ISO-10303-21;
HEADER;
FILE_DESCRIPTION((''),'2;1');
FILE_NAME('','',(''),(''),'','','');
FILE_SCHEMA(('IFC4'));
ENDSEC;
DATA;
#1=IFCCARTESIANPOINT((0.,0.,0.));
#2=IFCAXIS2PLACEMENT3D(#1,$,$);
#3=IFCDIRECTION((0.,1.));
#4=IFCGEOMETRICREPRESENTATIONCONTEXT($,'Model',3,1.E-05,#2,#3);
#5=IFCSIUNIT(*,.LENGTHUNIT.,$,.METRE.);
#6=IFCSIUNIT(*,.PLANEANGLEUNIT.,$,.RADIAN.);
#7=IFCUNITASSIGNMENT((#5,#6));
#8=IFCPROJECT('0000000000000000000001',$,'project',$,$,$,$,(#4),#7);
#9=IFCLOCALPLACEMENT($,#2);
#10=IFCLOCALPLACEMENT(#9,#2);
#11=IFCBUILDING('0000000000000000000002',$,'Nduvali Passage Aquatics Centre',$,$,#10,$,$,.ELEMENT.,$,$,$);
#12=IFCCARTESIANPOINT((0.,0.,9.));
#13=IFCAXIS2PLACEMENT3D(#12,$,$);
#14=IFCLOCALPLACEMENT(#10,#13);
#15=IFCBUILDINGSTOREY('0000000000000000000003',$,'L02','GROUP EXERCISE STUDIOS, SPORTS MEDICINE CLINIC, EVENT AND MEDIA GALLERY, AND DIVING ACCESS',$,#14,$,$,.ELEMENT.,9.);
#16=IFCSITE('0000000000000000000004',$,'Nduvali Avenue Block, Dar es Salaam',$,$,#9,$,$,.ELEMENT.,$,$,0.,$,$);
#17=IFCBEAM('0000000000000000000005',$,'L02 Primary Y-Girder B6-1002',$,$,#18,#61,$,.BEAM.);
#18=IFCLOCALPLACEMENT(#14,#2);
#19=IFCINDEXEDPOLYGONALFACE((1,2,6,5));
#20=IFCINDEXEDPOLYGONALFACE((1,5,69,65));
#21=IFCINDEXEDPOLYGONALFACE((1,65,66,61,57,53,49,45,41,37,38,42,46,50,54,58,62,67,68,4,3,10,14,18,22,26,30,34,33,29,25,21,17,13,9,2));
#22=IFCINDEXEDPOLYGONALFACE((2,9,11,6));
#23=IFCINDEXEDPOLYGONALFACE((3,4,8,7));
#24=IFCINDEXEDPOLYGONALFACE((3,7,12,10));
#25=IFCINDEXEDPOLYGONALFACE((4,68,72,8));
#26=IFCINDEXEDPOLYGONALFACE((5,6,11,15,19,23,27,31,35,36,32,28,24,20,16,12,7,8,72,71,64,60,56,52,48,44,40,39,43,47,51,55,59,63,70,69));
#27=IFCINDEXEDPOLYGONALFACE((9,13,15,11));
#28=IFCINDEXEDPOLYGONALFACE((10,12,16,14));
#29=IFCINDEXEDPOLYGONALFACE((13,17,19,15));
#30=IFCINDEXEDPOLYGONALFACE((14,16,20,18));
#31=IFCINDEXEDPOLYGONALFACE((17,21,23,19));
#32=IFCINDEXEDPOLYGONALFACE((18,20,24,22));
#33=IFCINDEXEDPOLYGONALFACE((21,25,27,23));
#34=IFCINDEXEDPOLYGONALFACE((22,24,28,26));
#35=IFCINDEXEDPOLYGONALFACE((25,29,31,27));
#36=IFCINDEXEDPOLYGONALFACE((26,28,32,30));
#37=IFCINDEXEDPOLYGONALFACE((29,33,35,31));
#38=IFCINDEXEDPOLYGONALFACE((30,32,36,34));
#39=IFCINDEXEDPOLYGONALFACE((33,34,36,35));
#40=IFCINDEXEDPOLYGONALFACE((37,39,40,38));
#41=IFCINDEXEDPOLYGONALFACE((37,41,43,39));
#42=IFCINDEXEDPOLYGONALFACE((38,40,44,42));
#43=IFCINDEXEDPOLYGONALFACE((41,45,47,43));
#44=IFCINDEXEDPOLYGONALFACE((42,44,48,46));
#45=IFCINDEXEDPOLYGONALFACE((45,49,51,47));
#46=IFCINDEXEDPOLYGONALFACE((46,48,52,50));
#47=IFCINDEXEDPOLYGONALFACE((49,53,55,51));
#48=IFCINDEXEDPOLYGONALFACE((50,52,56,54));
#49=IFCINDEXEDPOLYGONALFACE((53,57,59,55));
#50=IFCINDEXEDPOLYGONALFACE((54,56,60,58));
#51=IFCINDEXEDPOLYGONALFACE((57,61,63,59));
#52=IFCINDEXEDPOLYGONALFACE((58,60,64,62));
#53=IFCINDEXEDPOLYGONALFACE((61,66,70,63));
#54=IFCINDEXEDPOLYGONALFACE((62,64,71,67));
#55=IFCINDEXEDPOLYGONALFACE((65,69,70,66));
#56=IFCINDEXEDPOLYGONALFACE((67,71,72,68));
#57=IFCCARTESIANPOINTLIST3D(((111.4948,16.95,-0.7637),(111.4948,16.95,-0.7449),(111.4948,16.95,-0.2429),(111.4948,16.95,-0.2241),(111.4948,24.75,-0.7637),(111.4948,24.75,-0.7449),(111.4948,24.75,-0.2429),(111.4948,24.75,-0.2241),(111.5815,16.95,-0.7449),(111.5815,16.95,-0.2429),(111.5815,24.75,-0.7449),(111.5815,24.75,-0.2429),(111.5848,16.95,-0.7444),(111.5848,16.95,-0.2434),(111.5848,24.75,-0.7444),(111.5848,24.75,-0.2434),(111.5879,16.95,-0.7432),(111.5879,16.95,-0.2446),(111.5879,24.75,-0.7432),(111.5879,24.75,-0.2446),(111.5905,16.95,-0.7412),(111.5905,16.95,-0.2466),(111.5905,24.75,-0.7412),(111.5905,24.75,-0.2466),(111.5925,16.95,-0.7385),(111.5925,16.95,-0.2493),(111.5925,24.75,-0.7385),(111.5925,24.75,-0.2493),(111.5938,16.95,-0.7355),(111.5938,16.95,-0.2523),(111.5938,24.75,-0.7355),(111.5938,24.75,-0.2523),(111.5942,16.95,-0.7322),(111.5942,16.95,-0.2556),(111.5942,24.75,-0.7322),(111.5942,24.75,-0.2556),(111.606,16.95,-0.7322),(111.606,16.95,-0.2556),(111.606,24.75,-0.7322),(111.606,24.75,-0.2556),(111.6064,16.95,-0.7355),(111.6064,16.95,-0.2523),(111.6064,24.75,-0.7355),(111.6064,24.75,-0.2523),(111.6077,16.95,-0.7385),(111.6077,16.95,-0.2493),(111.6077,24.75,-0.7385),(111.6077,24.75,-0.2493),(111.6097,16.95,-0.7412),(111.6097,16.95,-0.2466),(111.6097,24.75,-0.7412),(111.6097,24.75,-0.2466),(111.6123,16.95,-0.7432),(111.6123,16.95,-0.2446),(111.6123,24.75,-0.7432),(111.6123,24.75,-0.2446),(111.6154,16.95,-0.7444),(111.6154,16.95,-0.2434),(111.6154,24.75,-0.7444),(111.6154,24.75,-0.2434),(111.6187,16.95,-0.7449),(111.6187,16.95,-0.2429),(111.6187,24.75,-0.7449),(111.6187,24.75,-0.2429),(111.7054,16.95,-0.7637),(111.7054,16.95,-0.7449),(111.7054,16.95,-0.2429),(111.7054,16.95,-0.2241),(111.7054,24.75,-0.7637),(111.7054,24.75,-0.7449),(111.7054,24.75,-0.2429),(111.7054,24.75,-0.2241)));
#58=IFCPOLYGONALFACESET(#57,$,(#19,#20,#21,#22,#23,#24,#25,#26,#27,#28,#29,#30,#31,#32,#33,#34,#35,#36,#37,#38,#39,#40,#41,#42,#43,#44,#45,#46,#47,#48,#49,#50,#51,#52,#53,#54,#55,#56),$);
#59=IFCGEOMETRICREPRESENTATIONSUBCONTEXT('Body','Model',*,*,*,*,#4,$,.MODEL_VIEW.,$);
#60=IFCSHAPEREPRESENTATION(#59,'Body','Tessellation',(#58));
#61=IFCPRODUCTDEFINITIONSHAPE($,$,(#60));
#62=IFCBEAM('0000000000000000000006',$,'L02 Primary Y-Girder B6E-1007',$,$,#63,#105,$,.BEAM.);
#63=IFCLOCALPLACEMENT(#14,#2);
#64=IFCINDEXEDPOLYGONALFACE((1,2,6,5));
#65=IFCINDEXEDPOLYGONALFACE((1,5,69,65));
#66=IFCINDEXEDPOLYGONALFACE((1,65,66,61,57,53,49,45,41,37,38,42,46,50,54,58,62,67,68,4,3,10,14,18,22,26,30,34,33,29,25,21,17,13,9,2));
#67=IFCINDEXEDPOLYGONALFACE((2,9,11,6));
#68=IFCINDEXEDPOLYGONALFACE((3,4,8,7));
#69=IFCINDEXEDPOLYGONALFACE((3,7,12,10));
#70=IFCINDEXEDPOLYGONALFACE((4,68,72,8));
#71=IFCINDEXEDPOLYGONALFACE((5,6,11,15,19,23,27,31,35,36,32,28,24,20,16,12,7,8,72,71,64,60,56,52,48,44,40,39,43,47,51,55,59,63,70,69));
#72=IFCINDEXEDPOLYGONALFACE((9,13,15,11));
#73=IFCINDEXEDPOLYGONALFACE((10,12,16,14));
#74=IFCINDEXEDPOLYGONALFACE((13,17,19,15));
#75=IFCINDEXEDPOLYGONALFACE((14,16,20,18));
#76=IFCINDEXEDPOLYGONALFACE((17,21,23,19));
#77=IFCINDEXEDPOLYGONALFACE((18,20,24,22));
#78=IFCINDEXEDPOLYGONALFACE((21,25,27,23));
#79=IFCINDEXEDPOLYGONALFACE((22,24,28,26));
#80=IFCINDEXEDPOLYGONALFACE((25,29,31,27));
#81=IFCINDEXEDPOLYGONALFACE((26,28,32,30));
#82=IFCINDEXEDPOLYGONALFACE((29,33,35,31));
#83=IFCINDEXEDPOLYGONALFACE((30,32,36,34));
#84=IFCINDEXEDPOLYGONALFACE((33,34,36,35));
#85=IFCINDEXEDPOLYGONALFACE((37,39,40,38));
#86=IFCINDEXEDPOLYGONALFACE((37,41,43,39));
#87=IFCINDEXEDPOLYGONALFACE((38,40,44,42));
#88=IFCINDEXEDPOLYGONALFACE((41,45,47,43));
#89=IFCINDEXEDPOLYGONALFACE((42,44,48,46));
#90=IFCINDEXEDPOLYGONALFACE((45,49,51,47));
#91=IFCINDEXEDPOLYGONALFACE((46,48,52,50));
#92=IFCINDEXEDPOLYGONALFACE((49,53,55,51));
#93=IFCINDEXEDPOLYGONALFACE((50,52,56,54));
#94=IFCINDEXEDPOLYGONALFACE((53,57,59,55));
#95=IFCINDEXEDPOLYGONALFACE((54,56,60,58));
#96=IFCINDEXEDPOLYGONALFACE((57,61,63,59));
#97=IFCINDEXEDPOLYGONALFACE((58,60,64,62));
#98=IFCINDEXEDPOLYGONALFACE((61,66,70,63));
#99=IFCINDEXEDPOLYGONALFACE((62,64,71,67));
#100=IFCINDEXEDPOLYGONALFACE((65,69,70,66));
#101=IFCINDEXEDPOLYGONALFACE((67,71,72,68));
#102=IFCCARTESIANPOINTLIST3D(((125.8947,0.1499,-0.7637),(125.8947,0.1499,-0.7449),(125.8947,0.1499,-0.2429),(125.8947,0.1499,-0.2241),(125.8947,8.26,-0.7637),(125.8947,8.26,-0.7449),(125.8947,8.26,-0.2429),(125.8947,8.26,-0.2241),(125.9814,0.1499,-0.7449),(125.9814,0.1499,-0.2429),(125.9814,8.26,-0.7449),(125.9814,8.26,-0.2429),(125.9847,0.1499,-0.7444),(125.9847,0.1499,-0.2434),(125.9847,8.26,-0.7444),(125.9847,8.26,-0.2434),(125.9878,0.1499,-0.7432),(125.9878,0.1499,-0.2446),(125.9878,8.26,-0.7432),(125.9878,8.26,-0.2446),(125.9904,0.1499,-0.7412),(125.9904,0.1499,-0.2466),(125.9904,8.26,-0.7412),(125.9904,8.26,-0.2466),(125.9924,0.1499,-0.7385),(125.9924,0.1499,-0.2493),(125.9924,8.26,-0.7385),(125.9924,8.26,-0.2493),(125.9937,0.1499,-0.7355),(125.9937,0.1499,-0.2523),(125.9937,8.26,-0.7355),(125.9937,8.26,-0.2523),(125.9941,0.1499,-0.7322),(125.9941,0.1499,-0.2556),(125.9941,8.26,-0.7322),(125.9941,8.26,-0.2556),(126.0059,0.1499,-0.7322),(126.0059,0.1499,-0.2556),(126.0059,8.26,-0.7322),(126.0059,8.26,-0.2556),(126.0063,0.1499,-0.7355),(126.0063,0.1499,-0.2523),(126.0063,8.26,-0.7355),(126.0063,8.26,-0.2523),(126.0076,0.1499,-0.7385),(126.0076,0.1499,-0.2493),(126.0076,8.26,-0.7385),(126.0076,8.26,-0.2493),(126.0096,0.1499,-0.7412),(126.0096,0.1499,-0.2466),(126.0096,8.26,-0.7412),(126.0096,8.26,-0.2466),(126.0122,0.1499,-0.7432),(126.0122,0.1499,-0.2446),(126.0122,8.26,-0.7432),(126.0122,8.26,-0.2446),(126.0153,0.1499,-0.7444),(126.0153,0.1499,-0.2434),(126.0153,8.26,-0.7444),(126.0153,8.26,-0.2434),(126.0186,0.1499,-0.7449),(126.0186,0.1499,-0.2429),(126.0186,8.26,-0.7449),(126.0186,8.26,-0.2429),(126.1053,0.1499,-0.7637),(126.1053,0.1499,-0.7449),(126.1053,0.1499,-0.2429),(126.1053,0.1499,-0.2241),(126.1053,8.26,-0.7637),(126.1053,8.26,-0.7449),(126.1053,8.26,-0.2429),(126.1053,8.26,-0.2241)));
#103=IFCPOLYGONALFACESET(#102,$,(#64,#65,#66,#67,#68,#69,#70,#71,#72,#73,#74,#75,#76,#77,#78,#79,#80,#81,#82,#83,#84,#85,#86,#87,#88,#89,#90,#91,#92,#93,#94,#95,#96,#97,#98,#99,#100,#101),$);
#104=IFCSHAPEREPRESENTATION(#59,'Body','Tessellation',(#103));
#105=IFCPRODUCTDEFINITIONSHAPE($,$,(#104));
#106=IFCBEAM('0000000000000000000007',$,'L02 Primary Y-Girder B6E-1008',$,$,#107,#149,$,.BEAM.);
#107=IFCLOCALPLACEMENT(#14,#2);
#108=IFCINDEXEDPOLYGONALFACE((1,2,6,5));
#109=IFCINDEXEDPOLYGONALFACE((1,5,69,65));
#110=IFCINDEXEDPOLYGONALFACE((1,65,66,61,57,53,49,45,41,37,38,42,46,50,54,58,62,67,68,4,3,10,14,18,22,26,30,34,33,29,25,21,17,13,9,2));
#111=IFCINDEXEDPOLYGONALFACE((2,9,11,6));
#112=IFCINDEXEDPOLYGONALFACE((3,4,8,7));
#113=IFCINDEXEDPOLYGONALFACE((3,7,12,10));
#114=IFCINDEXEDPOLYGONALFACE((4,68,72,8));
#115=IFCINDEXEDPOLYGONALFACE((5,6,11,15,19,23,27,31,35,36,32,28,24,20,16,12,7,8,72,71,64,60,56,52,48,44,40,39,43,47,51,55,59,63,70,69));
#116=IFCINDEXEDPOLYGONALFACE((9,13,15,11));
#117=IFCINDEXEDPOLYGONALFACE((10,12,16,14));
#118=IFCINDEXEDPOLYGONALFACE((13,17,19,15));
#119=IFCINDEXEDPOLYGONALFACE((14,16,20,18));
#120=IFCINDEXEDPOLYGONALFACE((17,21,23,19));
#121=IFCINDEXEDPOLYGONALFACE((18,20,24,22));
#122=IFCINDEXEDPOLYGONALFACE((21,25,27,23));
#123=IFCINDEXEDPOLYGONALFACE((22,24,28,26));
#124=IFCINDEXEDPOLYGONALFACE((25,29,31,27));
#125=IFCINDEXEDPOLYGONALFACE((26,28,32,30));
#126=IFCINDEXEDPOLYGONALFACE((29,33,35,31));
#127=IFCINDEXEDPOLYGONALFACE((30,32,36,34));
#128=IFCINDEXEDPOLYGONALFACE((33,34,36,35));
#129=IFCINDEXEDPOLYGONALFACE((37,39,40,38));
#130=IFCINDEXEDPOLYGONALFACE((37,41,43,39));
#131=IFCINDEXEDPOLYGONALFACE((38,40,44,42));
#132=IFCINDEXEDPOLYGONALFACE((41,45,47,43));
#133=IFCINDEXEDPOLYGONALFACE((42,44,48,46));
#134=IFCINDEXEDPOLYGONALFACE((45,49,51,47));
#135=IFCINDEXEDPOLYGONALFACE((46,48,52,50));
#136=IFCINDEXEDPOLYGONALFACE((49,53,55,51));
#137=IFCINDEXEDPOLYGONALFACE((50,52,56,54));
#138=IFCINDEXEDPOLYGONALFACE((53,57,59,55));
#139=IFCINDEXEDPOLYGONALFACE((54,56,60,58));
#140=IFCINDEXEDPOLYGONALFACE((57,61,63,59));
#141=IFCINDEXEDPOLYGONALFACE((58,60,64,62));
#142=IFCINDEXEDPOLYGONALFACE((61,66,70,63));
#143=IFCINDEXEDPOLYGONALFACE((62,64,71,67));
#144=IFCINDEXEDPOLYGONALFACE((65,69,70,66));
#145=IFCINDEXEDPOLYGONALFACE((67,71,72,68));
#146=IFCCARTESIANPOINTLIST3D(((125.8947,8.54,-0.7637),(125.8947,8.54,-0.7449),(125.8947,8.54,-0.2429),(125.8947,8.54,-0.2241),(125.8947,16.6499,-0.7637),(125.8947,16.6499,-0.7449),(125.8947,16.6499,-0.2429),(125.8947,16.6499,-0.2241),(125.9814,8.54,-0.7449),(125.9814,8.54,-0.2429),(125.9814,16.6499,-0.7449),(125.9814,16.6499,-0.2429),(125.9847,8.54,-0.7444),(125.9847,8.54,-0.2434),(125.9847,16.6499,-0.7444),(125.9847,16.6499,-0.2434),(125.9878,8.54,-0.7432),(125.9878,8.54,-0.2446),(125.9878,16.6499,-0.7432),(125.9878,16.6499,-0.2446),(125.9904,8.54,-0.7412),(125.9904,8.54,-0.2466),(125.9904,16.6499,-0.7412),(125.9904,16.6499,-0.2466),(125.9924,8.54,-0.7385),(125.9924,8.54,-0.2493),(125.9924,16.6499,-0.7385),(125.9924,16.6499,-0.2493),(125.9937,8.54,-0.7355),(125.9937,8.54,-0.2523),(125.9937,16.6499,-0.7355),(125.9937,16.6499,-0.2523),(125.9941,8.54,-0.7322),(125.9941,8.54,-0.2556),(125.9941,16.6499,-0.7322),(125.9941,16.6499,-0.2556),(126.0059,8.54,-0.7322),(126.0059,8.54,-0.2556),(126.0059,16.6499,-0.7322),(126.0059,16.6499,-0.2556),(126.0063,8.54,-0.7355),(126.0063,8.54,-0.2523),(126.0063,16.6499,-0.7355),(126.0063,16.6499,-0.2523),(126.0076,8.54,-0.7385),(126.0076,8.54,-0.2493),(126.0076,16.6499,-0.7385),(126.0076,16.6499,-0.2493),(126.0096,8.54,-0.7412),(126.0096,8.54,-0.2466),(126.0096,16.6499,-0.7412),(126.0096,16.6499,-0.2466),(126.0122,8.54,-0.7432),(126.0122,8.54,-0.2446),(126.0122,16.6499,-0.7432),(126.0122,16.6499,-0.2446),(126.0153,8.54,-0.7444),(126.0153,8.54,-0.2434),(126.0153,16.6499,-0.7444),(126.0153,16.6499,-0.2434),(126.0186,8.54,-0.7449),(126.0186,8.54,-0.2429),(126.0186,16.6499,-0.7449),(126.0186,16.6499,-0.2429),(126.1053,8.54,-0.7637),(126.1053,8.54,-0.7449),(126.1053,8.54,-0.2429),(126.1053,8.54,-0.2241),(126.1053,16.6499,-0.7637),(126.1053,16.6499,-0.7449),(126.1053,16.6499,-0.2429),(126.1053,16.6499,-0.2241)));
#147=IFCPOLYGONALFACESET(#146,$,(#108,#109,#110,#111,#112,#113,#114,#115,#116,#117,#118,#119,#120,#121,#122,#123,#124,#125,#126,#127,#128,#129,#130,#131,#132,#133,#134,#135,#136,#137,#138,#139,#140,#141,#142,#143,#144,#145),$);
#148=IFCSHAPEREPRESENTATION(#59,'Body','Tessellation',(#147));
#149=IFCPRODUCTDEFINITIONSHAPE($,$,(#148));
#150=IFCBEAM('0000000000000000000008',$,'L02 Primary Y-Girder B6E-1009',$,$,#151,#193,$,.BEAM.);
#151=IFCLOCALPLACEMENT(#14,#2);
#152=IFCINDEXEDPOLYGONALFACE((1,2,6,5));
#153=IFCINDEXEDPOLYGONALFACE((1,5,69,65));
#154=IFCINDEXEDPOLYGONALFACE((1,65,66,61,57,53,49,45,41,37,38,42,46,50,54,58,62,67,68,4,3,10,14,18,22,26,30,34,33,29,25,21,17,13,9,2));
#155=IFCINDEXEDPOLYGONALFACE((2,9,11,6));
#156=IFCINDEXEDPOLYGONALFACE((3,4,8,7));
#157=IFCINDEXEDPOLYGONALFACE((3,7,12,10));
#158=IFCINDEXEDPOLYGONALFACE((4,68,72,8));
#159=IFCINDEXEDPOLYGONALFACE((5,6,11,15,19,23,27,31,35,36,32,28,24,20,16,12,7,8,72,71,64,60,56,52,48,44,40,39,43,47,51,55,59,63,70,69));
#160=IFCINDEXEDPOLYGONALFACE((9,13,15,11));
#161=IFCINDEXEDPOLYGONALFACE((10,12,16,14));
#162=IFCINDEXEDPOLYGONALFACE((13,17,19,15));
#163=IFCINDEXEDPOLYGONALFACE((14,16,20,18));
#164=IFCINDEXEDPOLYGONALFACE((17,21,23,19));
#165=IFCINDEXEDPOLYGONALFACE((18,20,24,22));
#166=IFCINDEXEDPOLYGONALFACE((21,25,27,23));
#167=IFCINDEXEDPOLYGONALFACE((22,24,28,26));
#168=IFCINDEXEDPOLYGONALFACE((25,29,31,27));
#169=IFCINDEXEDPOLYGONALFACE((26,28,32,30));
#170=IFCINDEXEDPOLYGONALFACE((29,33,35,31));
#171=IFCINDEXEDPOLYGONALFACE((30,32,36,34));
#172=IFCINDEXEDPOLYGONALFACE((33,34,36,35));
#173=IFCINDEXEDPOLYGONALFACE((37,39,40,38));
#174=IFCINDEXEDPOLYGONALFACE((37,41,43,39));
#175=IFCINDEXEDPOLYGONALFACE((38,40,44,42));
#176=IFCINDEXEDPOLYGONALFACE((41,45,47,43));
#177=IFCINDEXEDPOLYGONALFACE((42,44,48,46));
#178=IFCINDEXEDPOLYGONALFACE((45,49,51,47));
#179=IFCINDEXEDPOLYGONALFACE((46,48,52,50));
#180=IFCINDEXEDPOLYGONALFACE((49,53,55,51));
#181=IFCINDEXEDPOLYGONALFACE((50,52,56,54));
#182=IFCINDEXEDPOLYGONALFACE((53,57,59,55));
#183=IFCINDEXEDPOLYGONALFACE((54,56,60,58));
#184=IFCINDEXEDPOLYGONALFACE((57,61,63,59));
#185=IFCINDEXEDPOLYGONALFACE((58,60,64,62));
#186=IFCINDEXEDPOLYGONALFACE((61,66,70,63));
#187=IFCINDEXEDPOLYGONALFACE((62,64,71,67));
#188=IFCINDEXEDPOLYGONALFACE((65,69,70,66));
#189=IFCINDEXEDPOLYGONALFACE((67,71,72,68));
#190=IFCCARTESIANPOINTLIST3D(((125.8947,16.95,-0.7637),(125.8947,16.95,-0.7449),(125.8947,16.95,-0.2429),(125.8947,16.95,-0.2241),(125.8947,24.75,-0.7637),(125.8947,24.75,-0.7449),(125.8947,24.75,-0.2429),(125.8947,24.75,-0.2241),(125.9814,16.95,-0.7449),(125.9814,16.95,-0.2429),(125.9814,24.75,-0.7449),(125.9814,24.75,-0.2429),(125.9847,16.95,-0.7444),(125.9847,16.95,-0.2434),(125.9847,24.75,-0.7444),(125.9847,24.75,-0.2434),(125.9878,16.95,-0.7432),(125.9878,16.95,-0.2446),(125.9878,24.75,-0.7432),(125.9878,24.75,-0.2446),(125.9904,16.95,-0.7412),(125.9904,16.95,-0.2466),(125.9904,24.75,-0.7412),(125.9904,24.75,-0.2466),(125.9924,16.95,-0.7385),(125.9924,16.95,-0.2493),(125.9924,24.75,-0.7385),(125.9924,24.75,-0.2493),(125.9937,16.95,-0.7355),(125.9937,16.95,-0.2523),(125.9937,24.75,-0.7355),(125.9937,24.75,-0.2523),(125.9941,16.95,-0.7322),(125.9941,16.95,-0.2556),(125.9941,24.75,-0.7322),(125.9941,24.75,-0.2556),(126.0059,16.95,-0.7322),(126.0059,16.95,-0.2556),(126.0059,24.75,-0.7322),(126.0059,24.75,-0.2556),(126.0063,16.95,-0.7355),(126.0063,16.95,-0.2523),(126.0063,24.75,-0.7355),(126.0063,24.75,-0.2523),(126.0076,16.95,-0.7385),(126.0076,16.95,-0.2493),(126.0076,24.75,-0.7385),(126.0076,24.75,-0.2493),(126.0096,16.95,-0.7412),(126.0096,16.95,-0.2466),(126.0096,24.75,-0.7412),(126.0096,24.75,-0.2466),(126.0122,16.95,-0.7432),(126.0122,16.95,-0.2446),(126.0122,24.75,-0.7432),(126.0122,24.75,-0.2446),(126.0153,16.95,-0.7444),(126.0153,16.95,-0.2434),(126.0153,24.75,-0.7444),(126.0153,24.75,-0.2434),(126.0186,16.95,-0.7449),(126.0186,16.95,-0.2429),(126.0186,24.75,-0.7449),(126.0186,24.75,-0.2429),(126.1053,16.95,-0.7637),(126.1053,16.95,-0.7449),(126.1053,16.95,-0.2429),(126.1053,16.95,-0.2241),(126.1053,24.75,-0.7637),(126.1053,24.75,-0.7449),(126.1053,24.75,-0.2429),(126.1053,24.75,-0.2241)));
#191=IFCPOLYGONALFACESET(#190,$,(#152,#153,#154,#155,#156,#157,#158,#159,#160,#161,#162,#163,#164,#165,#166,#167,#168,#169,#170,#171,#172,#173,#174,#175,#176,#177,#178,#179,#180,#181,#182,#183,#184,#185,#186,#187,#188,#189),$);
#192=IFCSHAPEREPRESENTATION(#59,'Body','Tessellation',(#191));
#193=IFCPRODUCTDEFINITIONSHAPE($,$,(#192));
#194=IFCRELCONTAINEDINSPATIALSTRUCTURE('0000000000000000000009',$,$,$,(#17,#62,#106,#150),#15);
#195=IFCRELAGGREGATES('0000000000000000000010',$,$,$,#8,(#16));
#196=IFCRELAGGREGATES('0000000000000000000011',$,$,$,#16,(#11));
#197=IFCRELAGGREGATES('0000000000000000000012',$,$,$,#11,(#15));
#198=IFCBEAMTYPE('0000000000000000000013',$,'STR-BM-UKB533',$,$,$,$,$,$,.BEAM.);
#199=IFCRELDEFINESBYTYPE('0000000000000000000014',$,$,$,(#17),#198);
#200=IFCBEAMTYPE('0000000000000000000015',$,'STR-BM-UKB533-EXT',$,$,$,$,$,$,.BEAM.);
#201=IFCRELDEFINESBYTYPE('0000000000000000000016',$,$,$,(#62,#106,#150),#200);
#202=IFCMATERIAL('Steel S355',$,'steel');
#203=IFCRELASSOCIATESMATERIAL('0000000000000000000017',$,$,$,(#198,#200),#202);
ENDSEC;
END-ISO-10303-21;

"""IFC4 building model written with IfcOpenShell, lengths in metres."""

from ifc_helpers import new_model, si_unit, direction, frame, origin, origin_2d, place, context, subcontext, project, spatial, i_section, extrude, material, material_profile, profile_set, type_object, element, save


model = new_model("IFC4")

# Units and contexts
model_context = context("Model", 3, precision=1e-05, world=origin(), true_north=direction((0.0, 1.0)))
body_context = subcontext(model_context, "Body", "Model", "MODEL_VIEW")
ifc_project = project(units=[si_unit("LENGTHUNIT", "METRE"), si_unit("PLANEANGLEUNIT", "RADIAN")], contexts=[model_context])

# Site, building, storey
site_placement = place(None, origin())
site = spatial("IfcSite", under=ifc_project, at=site_placement, Name="Nduvali Avenue Block, Dar es Salaam", CompositionType="ELEMENT", RefElevation=0.0)
building_placement = place(site_placement, origin())
building = spatial("IfcBuilding", under=site, at=building_placement, Name="Nduvali Passage Aquatics Centre", CompositionType="ELEMENT")
storey_placement = place(building_placement, frame((0.0, 0.0, 9.0)))
storey = spatial("IfcBuildingStorey", under=building, at=storey_placement, Name="L02", Description="GROUP EXERCISE STUDIOS, SPORTS MEDICINE CLINIC, EVENT AND MEDIA GALLERY, AND DIVING ACCESS", CompositionType="ELEMENT", Elevation=9.0)

# Beams
ifc_material_1 = material(Name="Steel S355", Category="steel")
ifc_material_profile_1 = material_profile(ifc_material_1, i_section(OverallWidth=0.2107, OverallDepth=0.5396, WebThickness=0.0117, FlangeThickness=0.0188, FilletRadius=0.0127, at=origin_2d()), Name="UKB 533x210x109")
ifc_profile_set_1 = profile_set([ifc_material_profile_1], Name="Steel S355")
beam_type_1 = type_object("IfcBeamType", Name="STR-BM-UKB533", PredefinedType="BEAM", material=ifc_profile_set_1)
beam_1_placement = place(storey_placement, frame((111.6001, 16.95, -0.4939), z_axis=(0.0, 1.0, 0.0), x_axis=(-1.0, 0.0, 0.0)))
element("IfcBeam", 1, at=beam_1_placement, inside=storey, type_object=beam_type_1, Name="L02 Primary Y-Girder B6-1002", PredefinedType="BEAM", context=body_context, shape_type="SweptSolid", body=[
    extrude(i_section(OverallWidth=0.2107, OverallDepth=0.5396, WebThickness=0.0117, FlangeThickness=0.0188, FilletRadius=0.0127, at=origin_2d()), origin(), (0.0, 0.0, 1.0), 7.8),
])
ifc_material_profile_2 = material_profile(ifc_material_1, i_section(OverallWidth=0.2107, OverallDepth=0.5396, WebThickness=0.0117, FlangeThickness=0.0188, FilletRadius=0.0127, at=origin_2d()), Name="UKB 533x210x109")
ifc_profile_set_2 = profile_set([ifc_material_profile_2], Name="Steel S355")
beam_type_2 = type_object("IfcBeamType", Name="STR-BM-UKB533-EXT", PredefinedType="BEAM", material=ifc_profile_set_2)
beam_2_placement = place(storey_placement, frame((126.0, 0.1499, -0.4939), z_axis=(0.0, 1.0, 0.0), x_axis=(-1.0, 0.0, 0.0)))
element("IfcBeam", 2, at=beam_2_placement, inside=storey, type_object=beam_type_2, Name="L02 Primary Y-Girder B6E-1007", PredefinedType="BEAM", context=body_context, shape_type="SweptSolid", body=[
    extrude(i_section(OverallWidth=0.2107, OverallDepth=0.5396, WebThickness=0.0117, FlangeThickness=0.0188, FilletRadius=0.0127, at=origin_2d()), origin(), (0.0, 0.0, 1.0), 8.1101),
])
beam_3_placement = place(storey_placement, frame((126.0, 8.54, -0.4939), z_axis=(0.0, 1.0, 0.0), x_axis=(-1.0, 0.0, 0.0)))
element("IfcBeam", 3, at=beam_3_placement, inside=storey, type_object=beam_type_2, Name="L02 Primary Y-Girder B6E-1008", PredefinedType="BEAM", context=body_context, shape_type="SweptSolid", body=[
    extrude(i_section(OverallWidth=0.2107, OverallDepth=0.5396, WebThickness=0.0117, FlangeThickness=0.0188, FilletRadius=0.0127, at=origin_2d()), origin(), (0.0, 0.0, 1.0), 8.1099),
])
beam_4_placement = place(storey_placement, frame((126.0, 16.95, -0.4939), z_axis=(0.0, 1.0, 0.0), x_axis=(-1.0, 0.0, 0.0)))
element("IfcBeam", 4, at=beam_4_placement, inside=storey, type_object=beam_type_2, Name="L02 Primary Y-Girder B6E-1009", PredefinedType="BEAM", context=body_context, shape_type="SweptSolid", body=[
    extrude(i_section(OverallWidth=0.2107, OverallDepth=0.5396, WebThickness=0.0117, FlangeThickness=0.0188, FilletRadius=0.0127, at=origin_2d()), origin(), (0.0, 0.0, 1.0), 7.8),
])

save(model, "model.ifc")
